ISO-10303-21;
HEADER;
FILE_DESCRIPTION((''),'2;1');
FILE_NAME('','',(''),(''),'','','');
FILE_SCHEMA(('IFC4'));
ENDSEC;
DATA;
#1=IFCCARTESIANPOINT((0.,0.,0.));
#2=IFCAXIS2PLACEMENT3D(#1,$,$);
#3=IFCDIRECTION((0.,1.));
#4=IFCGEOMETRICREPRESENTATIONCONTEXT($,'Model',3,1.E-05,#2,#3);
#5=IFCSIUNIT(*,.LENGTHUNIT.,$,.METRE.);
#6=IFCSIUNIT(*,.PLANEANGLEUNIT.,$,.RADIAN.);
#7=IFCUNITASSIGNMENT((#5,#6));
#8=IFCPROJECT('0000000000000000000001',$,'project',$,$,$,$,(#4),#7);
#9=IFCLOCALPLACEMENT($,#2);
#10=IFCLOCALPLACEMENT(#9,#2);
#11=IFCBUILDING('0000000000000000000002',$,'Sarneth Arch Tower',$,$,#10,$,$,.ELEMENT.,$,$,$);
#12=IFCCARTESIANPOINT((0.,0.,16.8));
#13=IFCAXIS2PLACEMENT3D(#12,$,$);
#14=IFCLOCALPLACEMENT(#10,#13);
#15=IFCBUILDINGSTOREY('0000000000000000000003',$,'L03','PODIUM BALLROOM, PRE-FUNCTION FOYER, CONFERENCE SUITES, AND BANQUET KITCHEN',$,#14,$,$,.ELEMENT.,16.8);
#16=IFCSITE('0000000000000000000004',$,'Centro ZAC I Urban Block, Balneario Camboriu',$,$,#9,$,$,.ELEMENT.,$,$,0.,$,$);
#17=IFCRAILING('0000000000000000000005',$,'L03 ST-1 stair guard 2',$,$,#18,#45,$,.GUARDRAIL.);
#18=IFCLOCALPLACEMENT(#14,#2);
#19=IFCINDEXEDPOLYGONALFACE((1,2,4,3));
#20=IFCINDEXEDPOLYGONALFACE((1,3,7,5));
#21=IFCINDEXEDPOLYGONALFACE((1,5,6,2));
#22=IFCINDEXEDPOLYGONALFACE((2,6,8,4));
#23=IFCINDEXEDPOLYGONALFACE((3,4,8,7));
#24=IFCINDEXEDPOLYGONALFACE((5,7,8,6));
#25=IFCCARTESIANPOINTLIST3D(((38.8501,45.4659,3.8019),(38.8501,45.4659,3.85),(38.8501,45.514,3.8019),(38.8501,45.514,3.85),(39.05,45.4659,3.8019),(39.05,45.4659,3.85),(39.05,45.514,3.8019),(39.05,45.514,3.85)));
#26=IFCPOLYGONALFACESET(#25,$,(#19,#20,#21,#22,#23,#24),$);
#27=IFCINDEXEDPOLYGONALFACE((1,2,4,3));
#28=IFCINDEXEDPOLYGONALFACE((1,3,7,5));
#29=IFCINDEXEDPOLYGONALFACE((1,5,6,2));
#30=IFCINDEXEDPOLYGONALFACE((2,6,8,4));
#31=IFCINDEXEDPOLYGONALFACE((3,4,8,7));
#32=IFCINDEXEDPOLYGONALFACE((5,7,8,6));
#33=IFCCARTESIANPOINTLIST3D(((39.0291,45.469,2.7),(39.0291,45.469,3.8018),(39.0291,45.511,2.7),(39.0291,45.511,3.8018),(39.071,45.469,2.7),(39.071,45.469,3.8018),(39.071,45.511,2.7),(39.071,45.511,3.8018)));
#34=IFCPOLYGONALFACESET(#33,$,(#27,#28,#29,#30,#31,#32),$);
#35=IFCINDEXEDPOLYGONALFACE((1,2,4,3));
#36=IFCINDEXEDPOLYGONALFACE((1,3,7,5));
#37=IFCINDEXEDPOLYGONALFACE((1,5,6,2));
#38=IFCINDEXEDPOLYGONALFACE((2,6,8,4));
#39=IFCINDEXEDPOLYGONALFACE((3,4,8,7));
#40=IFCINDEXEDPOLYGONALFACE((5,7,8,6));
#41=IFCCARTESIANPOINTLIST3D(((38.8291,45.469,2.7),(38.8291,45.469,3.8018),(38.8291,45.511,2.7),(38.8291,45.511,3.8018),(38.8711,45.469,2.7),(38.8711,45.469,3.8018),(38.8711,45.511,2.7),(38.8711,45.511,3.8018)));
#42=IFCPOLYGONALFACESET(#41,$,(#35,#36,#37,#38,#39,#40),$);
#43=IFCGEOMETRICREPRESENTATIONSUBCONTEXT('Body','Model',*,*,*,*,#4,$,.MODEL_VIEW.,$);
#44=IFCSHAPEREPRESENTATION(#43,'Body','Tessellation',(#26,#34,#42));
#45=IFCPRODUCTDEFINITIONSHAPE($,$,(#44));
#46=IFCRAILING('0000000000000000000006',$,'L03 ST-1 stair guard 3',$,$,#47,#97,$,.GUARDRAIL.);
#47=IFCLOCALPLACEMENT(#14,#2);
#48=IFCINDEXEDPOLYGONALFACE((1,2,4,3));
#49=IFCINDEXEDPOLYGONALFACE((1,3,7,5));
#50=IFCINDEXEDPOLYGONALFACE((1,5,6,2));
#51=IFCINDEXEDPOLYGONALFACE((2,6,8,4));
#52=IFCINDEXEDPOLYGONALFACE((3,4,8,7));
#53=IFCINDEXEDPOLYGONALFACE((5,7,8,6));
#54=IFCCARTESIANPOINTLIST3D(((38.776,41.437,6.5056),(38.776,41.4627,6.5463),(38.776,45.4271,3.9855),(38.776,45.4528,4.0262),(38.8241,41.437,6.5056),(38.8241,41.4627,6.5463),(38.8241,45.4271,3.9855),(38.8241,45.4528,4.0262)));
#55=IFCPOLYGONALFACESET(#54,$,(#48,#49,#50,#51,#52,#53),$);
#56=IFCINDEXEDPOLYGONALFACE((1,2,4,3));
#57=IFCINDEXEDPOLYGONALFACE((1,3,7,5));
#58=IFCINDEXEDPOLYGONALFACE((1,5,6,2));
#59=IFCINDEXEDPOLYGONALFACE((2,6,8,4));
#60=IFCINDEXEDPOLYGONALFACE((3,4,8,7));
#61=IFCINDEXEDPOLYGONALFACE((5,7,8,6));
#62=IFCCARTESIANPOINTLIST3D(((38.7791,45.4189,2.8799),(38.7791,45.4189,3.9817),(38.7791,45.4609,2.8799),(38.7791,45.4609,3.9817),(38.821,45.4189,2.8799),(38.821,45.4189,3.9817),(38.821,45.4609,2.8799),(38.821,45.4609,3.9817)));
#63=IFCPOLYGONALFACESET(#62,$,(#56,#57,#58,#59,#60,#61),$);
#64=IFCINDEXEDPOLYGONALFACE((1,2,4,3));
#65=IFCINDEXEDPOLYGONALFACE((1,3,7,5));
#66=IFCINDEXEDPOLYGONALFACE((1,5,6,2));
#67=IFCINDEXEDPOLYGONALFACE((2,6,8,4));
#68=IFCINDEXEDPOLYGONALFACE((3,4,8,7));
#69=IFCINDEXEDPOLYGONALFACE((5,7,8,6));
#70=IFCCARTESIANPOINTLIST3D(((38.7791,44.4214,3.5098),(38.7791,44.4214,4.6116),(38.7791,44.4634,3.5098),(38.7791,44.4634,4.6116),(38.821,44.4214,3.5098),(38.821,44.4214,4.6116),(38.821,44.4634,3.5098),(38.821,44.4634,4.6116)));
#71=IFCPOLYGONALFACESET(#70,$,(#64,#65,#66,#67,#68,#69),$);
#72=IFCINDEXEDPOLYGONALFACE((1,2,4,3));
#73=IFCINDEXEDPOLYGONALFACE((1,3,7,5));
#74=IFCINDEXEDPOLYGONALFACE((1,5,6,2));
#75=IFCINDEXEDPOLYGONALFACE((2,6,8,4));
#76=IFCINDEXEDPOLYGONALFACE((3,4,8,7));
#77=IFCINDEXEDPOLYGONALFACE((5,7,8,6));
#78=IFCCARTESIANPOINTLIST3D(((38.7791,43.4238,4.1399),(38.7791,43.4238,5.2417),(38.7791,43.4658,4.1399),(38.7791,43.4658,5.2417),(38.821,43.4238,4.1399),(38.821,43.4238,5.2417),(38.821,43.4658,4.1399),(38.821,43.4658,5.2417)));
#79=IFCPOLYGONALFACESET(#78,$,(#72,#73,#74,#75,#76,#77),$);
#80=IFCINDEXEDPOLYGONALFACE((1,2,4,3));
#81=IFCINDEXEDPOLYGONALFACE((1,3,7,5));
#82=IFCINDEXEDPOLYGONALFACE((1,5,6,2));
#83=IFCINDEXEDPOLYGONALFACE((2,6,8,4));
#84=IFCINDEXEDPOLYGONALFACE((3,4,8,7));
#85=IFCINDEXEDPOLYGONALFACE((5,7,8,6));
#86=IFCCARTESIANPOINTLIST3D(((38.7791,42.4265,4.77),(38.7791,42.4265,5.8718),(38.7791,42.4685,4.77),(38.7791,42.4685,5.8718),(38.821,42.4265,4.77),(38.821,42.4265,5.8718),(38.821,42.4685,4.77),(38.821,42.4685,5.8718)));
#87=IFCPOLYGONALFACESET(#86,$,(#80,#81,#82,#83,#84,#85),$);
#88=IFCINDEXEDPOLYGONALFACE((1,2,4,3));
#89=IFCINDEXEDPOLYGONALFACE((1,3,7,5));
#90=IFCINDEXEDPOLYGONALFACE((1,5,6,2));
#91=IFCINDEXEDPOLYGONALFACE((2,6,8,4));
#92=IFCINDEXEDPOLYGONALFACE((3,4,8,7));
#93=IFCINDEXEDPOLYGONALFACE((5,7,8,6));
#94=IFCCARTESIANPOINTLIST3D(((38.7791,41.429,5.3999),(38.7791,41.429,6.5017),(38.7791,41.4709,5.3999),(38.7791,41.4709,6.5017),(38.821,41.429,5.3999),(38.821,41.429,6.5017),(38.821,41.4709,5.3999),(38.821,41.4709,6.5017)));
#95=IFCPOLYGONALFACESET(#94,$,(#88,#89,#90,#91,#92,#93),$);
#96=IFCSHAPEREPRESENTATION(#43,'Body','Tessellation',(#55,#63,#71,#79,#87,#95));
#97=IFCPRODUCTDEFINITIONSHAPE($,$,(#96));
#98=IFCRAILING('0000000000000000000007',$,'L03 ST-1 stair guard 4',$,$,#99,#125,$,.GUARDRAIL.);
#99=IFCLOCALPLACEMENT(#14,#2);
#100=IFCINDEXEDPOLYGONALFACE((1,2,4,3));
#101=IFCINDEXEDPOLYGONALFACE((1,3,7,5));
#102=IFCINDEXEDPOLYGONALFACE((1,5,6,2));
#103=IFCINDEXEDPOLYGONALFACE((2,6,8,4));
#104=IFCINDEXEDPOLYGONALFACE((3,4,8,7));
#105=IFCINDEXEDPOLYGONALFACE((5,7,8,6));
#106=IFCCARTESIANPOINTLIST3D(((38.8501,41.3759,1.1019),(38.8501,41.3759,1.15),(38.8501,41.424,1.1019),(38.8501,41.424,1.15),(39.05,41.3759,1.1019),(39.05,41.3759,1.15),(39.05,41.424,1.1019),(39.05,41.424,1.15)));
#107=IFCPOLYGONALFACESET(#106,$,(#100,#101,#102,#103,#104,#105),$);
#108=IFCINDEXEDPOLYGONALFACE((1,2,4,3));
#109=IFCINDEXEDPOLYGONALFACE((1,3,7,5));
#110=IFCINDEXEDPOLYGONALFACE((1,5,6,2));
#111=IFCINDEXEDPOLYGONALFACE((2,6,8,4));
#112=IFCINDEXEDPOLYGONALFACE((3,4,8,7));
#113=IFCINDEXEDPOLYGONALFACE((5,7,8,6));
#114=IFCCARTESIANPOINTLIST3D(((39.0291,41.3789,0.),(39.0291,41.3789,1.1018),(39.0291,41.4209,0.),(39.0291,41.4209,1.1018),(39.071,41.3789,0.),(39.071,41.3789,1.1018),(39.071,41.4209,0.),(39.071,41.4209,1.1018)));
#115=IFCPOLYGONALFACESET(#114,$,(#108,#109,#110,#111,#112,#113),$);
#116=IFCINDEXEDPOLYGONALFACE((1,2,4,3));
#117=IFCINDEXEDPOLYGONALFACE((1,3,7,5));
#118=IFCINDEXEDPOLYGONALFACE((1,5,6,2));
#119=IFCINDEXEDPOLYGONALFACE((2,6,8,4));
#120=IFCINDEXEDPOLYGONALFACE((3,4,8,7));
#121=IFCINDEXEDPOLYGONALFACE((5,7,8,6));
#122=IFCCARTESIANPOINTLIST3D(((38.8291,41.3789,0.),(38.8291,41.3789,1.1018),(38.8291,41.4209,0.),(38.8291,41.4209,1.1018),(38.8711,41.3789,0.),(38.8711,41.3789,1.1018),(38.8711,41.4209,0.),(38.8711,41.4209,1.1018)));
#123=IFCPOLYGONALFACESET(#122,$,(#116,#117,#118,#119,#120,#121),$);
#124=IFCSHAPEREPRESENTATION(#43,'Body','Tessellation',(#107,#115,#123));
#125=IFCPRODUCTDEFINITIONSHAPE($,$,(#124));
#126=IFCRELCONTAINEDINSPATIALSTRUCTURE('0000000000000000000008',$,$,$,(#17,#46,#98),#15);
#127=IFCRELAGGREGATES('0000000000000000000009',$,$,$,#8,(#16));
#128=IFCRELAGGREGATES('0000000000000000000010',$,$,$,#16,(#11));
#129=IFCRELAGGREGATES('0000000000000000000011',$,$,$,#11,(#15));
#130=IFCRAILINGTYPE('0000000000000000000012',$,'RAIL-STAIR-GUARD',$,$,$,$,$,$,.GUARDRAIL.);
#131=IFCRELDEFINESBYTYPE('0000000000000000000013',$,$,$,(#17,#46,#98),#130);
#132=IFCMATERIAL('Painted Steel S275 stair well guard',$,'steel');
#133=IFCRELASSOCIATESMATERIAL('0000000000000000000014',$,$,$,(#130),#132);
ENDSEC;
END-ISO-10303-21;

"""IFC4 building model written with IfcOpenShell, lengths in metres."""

from ifc_helpers import new_model, si_unit, direction, frame, origin, origin_2d, place, context, subcontext, project, spatial, rectangle, extrude, material, type_object, element, save


model = new_model("IFC4")

# Units and contexts
model_context = context("Model", 3, precision=1e-05, world=origin(), true_north=direction((0.0, 1.0)))
body_context = subcontext(model_context, "Body", "Model", "MODEL_VIEW")
ifc_project = project(units=[si_unit("LENGTHUNIT", "METRE"), si_unit("PLANEANGLEUNIT", "RADIAN")], contexts=[model_context])

# Site, building, storey
site_placement = place(None, origin())
site = spatial("IfcSite", under=ifc_project, at=site_placement, Name="Centro ZAC I Urban Block, Balneario Camboriu", CompositionType="ELEMENT", RefElevation=0.0)
building_placement = place(site_placement, origin())
building = spatial("IfcBuilding", under=site, at=building_placement, Name="Sarneth Arch Tower", CompositionType="ELEMENT")
storey_placement = place(building_placement, frame((0.0, 0.0, 16.8)))
storey = spatial("IfcBuildingStorey", under=building, at=storey_placement, Name="L03", Description="PODIUM BALLROOM, PRE-FUNCTION FOYER, CONFERENCE SUITES, AND BANQUET KITCHEN", CompositionType="ELEMENT", Elevation=16.8)

# Railings
ifc_material_1 = material(Name="Painted Steel S275 stair well guard", Category="steel")
railing_type_1 = type_object("IfcRailingType", Name="RAIL-STAIR-GUARD", PredefinedType="GUARDRAIL", material=ifc_material_1)
railing_1_placement = place(storey_placement, frame((39.05, 45.49, 2.7)))
element("IfcRailing", 1, at=railing_1_placement, inside=storey, type_object=railing_type_1, Name="L03 ST-1 stair guard 2", PredefinedType="GUARDRAIL", context=body_context, shape_type="SweptSolid", body=[
    extrude(rectangle(XDim=0.0481, YDim=0.0481, at=origin_2d()), frame((0.0, 0.0, 1.126), z_axis=(-1.0, 0.0, 0.0), x_axis=(0.0, -1.0, 0.0)), (0.0, 0.0, 1.0), 0.2),
    extrude(rectangle(XDim=0.042, YDim=0.042, at=origin_2d()), origin(), (0.0, 0.0, 1.0), 1.1018),
    extrude(rectangle(XDim=0.042, YDim=0.042, at=origin_2d()), frame((-0.2, 0.0, 0.0)), (0.0, 0.0, 1.0), 1.1018),
])
railing_2_placement = place(storey_placement, frame((38.8, 45.4399, 2.8799)))
element("IfcRailing", 2, at=railing_2_placement, inside=storey, type_object=railing_type_1, Name="L03 ST-1 stair guard 3", PredefinedType="GUARDRAIL", context=body_context, shape_type="SweptSolid", body=[
    extrude(rectangle(XDim=0.0481, YDim=0.0481, at=origin_2d()), frame((0.0, 0.0, 1.126), z_axis=(0.0, -0.845486, 0.533997), x_axis=(1.0, 0.0, 0.0)), (0.0, 0.0, 1.0), 4.7192),
    extrude(rectangle(XDim=0.042, YDim=0.042, at=origin_2d()), origin(), (0.0, 0.0, 1.0), 1.1018),
    extrude(rectangle(XDim=0.042, YDim=0.042, at=origin_2d()), frame((0.0, -0.9976, 0.6299)), (0.0, 0.0, 1.0), 1.1018),
    extrude(rectangle(XDim=0.042, YDim=0.042, at=origin_2d()), frame((0.0, -1.9951, 1.26)), (0.0, 0.0, 1.0), 1.1018),
    extrude(rectangle(XDim=0.042, YDim=0.042, at=origin_2d()), frame((0.0, -2.9924, 1.8901)), (0.0, 0.0, 1.0), 1.1018),
    extrude(rectangle(XDim=0.042, YDim=0.042, at=origin_2d()), frame((0.0, -3.99, 2.52)), (0.0, 0.0, 1.0), 1.1018),
])
railing_3_placement = place(storey_placement, frame((39.05, 41.3999, 0.0)))
element("IfcRailing", 3, at=railing_3_placement, inside=storey, type_object=railing_type_1, Name="L03 ST-1 stair guard 4", PredefinedType="GUARDRAIL", context=body_context, shape_type="SweptSolid", body=[
    extrude(rectangle(XDim=0.0481, YDim=0.0481, at=origin_2d()), frame((0.0, 0.0, 1.126), z_axis=(-1.0, 0.0, 0.0), x_axis=(0.0, -1.0, 0.0)), (0.0, 0.0, 1.0), 0.2),
    extrude(rectangle(XDim=0.042, YDim=0.042, at=origin_2d()), origin(), (0.0, 0.0, 1.0), 1.1018),
    extrude(rectangle(XDim=0.042, YDim=0.042, at=origin_2d()), frame((-0.2, 0.0, 0.0)), (0.0, 0.0, 1.0), 1.1018),
])

save(model, "model.ifc")
